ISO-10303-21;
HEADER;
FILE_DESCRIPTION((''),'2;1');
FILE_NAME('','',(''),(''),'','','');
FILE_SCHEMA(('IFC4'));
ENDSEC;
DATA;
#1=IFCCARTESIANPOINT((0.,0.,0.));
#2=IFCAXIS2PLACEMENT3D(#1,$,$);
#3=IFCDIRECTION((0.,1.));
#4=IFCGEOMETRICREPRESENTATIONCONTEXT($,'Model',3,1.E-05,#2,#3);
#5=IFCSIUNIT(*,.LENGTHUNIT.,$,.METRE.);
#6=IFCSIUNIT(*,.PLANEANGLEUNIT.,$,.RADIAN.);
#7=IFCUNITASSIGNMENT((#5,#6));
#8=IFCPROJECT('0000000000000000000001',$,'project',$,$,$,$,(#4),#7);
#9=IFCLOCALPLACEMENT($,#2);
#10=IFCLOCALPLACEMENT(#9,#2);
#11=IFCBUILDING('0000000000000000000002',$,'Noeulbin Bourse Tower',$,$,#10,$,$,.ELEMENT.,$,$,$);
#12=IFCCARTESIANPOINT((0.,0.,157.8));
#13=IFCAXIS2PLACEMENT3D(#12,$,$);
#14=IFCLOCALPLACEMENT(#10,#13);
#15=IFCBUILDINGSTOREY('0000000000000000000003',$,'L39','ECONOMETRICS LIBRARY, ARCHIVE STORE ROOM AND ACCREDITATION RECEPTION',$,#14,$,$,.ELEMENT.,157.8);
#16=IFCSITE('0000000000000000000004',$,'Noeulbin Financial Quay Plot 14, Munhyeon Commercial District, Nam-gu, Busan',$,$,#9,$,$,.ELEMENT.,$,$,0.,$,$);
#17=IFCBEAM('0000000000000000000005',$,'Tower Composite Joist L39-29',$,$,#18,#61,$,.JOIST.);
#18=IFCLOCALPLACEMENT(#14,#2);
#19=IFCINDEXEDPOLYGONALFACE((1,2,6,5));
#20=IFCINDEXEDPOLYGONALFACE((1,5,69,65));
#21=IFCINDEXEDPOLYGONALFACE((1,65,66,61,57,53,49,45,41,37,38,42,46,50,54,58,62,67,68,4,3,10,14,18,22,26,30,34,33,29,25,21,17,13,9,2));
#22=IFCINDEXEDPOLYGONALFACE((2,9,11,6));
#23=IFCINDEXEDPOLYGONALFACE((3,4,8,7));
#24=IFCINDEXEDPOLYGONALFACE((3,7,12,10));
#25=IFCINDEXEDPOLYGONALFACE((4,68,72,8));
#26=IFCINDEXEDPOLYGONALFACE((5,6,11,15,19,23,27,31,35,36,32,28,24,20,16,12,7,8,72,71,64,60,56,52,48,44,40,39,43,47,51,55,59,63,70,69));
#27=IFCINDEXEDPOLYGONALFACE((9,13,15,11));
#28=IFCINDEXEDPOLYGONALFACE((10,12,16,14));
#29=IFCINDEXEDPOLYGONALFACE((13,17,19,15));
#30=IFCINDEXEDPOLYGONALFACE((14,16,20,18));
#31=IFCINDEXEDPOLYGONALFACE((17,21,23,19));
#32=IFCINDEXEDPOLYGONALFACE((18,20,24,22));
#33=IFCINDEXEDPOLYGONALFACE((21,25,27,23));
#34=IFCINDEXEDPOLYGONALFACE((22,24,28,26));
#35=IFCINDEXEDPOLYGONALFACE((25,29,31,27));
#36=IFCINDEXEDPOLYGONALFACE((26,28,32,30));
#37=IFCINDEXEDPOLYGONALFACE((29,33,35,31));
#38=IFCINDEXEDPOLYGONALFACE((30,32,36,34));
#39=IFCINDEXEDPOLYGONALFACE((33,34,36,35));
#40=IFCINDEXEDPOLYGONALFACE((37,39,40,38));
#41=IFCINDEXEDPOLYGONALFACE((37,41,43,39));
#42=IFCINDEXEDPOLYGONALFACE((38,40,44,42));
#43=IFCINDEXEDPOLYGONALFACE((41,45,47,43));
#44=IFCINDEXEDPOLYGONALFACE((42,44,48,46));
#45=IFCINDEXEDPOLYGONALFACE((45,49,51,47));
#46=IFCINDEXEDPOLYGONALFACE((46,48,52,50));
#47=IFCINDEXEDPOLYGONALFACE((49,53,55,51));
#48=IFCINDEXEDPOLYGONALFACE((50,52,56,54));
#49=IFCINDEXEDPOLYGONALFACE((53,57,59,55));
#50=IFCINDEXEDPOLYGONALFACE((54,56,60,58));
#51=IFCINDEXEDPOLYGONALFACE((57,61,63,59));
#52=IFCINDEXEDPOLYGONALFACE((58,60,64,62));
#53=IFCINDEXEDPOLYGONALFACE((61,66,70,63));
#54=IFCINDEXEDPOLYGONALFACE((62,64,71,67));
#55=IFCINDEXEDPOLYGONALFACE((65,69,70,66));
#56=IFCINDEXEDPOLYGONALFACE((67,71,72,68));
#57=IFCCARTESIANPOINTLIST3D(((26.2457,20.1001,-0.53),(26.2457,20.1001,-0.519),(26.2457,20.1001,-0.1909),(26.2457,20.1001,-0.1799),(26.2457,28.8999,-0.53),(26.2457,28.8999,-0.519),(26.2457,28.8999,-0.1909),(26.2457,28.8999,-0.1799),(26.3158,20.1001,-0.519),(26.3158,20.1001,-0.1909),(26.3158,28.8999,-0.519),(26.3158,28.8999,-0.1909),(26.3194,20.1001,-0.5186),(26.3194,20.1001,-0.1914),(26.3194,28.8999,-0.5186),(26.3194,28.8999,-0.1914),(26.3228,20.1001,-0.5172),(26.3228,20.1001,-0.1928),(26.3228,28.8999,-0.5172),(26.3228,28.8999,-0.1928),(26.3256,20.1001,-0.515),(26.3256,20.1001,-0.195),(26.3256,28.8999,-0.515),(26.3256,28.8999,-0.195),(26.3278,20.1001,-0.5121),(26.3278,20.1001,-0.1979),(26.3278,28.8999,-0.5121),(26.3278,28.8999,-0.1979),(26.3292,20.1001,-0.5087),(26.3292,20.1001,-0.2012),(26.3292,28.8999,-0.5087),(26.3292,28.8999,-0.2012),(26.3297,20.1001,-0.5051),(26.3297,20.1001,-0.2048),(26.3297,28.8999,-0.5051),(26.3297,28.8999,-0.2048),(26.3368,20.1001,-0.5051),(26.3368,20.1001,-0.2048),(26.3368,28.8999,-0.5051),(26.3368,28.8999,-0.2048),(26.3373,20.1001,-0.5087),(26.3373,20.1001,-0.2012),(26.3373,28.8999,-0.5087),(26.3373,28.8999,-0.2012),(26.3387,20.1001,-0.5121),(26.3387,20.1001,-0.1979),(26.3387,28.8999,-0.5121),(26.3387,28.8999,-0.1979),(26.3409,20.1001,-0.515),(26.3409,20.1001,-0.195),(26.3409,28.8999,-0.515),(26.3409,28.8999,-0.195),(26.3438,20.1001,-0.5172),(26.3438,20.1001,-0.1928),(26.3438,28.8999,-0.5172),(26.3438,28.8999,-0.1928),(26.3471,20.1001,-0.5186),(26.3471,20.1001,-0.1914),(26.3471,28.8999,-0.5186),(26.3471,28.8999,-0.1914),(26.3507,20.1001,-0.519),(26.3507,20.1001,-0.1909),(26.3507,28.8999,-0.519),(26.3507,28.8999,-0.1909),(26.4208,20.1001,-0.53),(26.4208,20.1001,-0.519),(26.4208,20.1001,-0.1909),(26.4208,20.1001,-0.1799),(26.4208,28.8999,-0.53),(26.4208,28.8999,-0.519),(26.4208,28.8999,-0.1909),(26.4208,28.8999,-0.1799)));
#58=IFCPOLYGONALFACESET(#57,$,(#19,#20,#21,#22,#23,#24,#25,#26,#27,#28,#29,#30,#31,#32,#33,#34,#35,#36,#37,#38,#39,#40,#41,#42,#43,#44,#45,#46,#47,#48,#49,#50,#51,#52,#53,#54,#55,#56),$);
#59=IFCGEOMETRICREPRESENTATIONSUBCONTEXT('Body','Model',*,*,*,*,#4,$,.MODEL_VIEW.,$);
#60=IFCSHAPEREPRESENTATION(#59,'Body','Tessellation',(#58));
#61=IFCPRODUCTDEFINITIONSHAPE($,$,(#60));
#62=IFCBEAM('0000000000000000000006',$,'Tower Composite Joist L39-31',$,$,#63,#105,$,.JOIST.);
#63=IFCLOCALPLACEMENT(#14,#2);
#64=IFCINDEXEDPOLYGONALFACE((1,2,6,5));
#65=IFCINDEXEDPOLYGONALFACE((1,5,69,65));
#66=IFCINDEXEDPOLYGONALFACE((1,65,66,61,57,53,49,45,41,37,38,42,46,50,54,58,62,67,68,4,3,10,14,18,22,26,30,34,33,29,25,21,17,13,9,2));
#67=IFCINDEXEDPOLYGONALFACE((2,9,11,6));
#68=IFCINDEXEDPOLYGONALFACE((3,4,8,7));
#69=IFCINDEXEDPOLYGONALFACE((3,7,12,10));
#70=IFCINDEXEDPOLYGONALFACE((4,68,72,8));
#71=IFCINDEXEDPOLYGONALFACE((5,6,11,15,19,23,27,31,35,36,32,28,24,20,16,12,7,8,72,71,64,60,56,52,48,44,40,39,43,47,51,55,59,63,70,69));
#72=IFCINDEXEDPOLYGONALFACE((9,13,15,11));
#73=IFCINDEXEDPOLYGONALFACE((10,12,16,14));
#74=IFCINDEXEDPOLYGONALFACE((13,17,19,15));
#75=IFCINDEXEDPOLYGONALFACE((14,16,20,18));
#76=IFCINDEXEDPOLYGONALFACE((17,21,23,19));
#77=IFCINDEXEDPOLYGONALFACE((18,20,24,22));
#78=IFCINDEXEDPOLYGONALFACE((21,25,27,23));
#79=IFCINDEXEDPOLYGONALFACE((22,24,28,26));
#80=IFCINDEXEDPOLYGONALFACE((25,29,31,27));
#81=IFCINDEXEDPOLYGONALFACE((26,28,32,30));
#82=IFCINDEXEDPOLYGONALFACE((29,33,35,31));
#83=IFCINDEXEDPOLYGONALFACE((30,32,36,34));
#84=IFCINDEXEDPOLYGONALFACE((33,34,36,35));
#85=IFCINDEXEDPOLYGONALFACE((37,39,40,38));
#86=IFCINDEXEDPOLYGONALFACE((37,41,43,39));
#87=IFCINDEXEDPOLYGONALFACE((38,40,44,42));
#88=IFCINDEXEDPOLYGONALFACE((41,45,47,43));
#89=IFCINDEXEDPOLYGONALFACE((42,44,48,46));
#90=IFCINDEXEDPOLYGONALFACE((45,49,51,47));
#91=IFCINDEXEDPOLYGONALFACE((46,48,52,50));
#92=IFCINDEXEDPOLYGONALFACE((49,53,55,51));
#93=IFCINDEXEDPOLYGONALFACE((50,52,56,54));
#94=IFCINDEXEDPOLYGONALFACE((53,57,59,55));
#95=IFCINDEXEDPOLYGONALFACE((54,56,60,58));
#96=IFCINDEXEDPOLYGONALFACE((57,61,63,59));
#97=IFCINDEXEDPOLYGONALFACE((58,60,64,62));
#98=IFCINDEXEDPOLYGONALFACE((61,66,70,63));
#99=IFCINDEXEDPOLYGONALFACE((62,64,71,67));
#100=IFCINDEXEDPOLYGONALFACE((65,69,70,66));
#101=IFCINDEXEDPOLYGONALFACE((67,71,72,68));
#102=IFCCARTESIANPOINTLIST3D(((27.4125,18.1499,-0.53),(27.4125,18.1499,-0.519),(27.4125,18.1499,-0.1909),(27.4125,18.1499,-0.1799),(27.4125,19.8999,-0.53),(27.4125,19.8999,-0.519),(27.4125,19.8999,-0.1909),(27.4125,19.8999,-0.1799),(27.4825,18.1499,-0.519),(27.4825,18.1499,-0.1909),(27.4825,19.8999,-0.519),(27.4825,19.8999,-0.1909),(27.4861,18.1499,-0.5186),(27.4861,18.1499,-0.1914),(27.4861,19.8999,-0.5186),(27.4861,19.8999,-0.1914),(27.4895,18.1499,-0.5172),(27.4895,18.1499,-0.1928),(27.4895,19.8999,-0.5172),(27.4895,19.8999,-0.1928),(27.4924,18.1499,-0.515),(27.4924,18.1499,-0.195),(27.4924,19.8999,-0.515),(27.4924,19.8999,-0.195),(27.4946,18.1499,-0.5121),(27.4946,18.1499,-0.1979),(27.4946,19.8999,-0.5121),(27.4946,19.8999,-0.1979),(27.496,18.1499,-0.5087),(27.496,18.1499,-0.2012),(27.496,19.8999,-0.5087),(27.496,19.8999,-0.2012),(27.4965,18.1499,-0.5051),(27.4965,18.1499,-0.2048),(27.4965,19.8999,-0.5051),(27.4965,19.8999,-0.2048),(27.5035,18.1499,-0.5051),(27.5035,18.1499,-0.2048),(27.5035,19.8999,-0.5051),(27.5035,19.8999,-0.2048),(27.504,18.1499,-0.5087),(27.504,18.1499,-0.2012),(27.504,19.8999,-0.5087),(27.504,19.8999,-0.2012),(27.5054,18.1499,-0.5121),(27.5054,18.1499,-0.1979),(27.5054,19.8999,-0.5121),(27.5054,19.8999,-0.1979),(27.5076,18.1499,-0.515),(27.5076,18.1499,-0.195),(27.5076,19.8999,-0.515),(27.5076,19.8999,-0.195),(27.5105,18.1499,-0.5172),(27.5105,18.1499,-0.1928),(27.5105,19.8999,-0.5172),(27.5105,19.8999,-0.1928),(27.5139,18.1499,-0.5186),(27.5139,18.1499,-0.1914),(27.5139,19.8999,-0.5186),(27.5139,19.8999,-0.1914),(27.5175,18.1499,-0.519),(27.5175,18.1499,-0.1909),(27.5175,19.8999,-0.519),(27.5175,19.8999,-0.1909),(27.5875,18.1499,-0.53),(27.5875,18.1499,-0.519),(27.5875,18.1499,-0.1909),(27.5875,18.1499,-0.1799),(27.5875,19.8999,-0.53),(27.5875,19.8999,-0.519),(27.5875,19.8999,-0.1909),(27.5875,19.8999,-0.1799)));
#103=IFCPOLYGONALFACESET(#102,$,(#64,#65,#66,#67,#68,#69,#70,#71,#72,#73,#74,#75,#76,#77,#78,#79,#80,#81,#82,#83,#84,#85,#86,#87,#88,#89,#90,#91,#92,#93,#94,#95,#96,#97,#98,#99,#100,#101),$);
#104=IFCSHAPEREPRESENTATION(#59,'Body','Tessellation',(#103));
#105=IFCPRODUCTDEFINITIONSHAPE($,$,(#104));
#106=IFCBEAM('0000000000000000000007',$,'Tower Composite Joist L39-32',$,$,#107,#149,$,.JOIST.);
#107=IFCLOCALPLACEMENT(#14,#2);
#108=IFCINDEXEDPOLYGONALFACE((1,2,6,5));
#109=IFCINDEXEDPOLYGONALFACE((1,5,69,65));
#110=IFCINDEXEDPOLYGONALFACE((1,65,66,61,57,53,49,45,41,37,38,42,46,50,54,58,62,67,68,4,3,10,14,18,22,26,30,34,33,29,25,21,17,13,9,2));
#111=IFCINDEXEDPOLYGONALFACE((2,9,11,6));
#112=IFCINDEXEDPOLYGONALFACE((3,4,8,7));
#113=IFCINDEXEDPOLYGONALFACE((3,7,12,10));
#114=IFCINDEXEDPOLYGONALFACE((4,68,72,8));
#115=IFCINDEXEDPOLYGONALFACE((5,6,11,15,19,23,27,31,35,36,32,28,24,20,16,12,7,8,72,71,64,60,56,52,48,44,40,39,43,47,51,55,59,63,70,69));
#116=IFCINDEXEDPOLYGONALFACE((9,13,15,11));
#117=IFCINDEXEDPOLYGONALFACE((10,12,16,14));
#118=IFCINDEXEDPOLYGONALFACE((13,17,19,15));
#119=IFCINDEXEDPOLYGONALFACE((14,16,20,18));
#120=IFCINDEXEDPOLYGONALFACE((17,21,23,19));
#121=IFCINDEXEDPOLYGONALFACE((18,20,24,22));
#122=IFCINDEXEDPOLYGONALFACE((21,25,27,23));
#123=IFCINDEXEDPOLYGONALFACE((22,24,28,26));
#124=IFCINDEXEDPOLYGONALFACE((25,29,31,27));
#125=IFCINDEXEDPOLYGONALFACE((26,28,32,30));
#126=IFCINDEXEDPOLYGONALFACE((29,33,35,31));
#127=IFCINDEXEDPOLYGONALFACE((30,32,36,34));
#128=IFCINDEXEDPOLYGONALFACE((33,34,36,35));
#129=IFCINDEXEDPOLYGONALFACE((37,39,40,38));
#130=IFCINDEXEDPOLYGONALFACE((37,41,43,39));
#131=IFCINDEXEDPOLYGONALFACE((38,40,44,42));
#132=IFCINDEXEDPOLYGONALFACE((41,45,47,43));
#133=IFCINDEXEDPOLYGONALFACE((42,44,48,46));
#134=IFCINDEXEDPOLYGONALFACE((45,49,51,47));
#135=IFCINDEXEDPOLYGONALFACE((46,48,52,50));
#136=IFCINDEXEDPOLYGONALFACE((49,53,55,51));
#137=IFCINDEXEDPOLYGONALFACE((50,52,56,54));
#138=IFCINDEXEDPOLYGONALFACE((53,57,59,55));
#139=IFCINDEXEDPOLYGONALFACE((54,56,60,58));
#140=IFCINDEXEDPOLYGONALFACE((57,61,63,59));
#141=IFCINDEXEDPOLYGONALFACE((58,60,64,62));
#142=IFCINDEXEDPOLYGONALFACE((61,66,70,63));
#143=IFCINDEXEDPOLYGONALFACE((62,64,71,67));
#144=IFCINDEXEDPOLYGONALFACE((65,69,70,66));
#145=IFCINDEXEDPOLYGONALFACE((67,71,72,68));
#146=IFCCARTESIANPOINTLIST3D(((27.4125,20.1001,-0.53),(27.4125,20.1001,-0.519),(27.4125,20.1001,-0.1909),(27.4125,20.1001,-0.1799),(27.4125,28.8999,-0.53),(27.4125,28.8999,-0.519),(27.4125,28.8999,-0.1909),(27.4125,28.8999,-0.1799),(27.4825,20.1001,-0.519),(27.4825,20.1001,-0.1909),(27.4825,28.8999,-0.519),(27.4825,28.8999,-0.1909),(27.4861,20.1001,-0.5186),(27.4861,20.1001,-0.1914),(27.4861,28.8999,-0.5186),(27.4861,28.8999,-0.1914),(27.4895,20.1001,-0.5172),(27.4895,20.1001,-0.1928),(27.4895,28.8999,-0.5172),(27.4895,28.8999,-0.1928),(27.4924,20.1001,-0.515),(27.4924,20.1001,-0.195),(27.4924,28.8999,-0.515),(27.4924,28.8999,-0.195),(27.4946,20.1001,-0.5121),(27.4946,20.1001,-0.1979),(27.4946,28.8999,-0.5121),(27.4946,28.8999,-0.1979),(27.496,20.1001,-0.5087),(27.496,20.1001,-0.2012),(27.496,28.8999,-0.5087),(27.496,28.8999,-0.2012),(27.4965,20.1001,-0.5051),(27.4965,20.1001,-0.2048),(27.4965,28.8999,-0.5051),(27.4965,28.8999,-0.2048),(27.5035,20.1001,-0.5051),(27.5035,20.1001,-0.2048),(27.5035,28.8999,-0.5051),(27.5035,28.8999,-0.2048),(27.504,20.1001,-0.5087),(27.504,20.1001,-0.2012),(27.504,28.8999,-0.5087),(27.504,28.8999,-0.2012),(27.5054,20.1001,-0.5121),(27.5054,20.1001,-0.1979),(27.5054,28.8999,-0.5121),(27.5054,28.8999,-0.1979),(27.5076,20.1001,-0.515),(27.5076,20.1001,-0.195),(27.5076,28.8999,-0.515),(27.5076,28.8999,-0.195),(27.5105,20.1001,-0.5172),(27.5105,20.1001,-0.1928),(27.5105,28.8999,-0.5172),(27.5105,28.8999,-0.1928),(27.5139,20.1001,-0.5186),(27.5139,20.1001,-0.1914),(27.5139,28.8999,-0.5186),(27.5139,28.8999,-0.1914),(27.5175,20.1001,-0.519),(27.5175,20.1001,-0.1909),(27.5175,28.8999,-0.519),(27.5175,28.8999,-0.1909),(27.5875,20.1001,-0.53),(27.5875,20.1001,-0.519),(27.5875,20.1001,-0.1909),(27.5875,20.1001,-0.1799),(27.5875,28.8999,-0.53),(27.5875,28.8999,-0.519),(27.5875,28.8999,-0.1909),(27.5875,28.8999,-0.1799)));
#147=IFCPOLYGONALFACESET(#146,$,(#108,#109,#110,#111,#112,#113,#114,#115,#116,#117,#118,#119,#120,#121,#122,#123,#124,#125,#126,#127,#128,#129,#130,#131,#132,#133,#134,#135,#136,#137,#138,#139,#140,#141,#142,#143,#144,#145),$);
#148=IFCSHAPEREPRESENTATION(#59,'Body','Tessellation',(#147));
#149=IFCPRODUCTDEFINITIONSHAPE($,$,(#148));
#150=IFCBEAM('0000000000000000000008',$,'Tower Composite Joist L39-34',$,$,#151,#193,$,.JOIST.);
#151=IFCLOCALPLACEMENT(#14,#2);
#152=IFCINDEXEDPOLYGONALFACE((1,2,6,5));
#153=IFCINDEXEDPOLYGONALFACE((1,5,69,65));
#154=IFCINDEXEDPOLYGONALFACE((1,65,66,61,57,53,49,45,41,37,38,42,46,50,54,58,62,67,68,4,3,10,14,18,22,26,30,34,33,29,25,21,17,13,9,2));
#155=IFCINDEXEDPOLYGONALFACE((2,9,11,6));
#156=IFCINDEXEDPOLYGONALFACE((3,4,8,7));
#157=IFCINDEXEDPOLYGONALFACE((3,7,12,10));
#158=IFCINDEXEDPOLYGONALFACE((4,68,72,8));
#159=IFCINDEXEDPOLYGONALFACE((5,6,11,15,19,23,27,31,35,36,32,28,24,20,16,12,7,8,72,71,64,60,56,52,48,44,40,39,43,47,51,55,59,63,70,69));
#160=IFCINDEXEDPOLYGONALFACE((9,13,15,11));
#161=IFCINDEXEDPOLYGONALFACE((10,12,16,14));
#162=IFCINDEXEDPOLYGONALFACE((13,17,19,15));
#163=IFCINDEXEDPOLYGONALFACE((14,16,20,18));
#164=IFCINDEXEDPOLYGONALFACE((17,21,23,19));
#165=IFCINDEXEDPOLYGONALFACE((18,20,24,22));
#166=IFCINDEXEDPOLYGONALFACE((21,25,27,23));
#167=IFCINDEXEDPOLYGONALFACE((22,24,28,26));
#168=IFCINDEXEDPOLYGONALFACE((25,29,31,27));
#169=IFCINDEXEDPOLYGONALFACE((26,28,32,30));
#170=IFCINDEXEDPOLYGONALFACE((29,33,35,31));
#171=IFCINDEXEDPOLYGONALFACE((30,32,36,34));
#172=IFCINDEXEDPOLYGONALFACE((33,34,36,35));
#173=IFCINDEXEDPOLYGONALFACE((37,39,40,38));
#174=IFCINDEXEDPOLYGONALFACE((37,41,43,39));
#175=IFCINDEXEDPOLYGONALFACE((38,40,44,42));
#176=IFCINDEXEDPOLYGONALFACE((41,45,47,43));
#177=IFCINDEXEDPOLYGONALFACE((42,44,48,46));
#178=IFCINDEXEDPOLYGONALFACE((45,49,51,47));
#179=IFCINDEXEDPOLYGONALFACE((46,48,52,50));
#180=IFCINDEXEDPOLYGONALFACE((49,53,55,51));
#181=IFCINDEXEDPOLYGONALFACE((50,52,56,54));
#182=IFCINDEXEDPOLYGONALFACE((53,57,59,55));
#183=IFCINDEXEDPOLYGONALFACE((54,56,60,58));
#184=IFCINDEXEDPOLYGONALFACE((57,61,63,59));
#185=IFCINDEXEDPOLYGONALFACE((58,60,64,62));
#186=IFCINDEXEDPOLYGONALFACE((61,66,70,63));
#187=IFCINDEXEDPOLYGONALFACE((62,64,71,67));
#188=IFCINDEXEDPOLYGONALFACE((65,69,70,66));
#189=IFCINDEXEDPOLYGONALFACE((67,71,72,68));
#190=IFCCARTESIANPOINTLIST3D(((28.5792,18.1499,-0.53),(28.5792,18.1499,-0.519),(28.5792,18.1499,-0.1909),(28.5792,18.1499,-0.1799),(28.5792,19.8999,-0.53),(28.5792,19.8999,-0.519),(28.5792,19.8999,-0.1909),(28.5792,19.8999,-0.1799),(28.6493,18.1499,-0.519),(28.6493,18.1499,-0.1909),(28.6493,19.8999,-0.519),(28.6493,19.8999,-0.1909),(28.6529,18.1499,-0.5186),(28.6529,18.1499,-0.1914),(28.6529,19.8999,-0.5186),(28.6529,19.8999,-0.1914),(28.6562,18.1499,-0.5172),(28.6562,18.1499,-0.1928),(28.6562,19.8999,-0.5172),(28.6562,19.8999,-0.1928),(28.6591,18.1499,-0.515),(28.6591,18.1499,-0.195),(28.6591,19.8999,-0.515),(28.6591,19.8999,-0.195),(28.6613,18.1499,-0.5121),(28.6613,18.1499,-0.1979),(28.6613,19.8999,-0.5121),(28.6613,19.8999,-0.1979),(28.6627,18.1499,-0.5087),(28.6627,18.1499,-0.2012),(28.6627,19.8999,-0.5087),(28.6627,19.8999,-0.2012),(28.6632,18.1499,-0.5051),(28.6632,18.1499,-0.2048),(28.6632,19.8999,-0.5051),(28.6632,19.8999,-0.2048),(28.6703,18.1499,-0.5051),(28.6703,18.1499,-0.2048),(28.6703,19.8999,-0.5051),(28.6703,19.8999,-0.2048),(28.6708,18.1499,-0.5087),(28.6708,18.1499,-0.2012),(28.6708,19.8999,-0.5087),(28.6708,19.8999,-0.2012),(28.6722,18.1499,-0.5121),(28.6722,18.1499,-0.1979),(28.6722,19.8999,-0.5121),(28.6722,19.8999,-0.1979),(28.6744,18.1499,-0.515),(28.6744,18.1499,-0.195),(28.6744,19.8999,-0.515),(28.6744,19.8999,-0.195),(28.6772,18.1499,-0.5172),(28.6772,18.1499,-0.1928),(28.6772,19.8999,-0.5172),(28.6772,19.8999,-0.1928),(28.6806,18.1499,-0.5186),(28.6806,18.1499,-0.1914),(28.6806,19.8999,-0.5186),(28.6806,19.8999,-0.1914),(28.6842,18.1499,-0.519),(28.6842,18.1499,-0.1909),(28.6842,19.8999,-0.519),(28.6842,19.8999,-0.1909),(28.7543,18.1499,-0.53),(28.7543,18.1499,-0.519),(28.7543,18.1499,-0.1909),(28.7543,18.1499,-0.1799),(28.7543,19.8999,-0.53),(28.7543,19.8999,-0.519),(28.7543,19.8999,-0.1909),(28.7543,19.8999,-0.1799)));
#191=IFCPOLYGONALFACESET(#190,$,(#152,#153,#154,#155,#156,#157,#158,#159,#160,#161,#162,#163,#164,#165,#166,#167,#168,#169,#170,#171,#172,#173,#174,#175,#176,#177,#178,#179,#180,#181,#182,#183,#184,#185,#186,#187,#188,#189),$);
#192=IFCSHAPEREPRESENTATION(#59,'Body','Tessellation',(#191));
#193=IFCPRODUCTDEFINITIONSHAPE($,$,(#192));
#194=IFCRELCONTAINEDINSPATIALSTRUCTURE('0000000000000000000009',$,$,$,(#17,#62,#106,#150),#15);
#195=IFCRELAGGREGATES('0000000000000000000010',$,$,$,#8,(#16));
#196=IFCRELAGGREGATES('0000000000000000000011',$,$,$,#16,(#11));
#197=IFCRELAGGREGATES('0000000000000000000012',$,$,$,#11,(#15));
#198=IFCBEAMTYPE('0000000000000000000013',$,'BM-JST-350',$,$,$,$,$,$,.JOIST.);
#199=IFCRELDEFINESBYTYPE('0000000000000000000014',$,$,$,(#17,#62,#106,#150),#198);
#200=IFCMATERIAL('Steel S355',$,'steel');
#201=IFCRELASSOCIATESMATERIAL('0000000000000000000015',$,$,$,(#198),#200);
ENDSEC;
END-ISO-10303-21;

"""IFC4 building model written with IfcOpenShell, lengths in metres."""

from ifc_helpers import new_model, si_unit, direction, frame, origin, origin_2d, place, context, subcontext, project, spatial, i_section, extrude, material, material_profile, profile_set, type_object, element, save


model = new_model("IFC4")

# Units and contexts
model_context = context("Model", 3, precision=1e-05, world=origin(), true_north=direction((0.0, 1.0)))
body_context = subcontext(model_context, "Body", "Model", "MODEL_VIEW")
ifc_project = project(units=[si_unit("LENGTHUNIT", "METRE"), si_unit("PLANEANGLEUNIT", "RADIAN")], contexts=[model_context])

# Site, building, storey
site_placement = place(None, origin())
site = spatial("IfcSite", under=ifc_project, at=site_placement, Name="Noeulbin Financial Quay Plot 14, Munhyeon Commercial District, Nam-gu, Busan", CompositionType="ELEMENT", RefElevation=0.0)
building_placement = place(site_placement, origin())
building = spatial("IfcBuilding", under=site, at=building_placement, Name="Noeulbin Bourse Tower", CompositionType="ELEMENT")
storey_placement = place(building_placement, frame((0.0, 0.0, 157.8)))
storey = spatial("IfcBuildingStorey", under=building, at=storey_placement, Name="L39", Description="ECONOMETRICS LIBRARY, ARCHIVE STORE ROOM AND ACCREDITATION RECEPTION", CompositionType="ELEMENT", Elevation=157.8)

# Beams
ifc_material_1 = material(Name="Steel S355", Category="steel")
ifc_material_profile_1 = material_profile(ifc_material_1, i_section(OverallWidth=0.175, OverallDepth=0.3501, WebThickness=0.0071, FlangeThickness=0.011, FilletRadius=0.0139, at=origin_2d()), Name="H-350x175x7x11", Category="LoadBearing")
ifc_profile_set_1 = profile_set([ifc_material_profile_1], Name="Steel S355")
beam_type_1 = type_object("IfcBeamType", Name="BM-JST-350", PredefinedType="JOIST", material=ifc_profile_set_1)
beam_1_placement = place(storey_placement, frame((26.3333, 20.1001, -0.355), z_axis=(0.0, 1.0, 0.0), x_axis=(-1.0, 0.0, 0.0)))
element("IfcBeam", 1, at=beam_1_placement, inside=storey, type_object=beam_type_1, Name="Tower Composite Joist L39-29", PredefinedType="JOIST", context=body_context, shape_type="SweptSolid", body=[
    extrude(i_section(OverallWidth=0.175, OverallDepth=0.3501, WebThickness=0.0071, FlangeThickness=0.011, FilletRadius=0.0139, at=origin_2d()), origin(), (0.0, 0.0, 1.0), 8.7998),
])
beam_2_placement = place(storey_placement, frame((27.5, 18.1499, -0.355), z_axis=(0.0, 1.0, 0.0), x_axis=(-1.0, 0.0, 0.0)))
element("IfcBeam", 2, at=beam_2_placement, inside=storey, type_object=beam_type_1, Name="Tower Composite Joist L39-31", PredefinedType="JOIST", context=body_context, shape_type="SweptSolid", body=[
    extrude(i_section(OverallWidth=0.175, OverallDepth=0.3501, WebThickness=0.0071, FlangeThickness=0.011, FilletRadius=0.0139, at=origin_2d()), origin(), (0.0, 0.0, 1.0), 1.75),
])
beam_3_placement = place(storey_placement, frame((27.5, 20.1001, -0.355), z_axis=(0.0, 1.0, 0.0), x_axis=(-1.0, 0.0, 0.0)))
element("IfcBeam", 3, at=beam_3_placement, inside=storey, type_object=beam_type_1, Name="Tower Composite Joist L39-32", PredefinedType="JOIST", context=body_context, shape_type="SweptSolid", body=[
    extrude(i_section(OverallWidth=0.175, OverallDepth=0.3501, WebThickness=0.0071, FlangeThickness=0.011, FilletRadius=0.0139, at=origin_2d()), origin(), (0.0, 0.0, 1.0), 8.7998),
])
beam_4_placement = place(storey_placement, frame((28.6667, 18.1499, -0.355), z_axis=(0.0, 1.0, 0.0), x_axis=(-1.0, 0.0, 0.0)))
element("IfcBeam", 4, at=beam_4_placement, inside=storey, type_object=beam_type_1, Name="Tower Composite Joist L39-34", PredefinedType="JOIST", context=body_context, shape_type="SweptSolid", body=[
    extrude(i_section(OverallWidth=0.175, OverallDepth=0.3501, WebThickness=0.0071, FlangeThickness=0.011, FilletRadius=0.0139, at=origin_2d()), origin(), (0.0, 0.0, 1.0), 1.75),
])

save(model, "model.ifc")
